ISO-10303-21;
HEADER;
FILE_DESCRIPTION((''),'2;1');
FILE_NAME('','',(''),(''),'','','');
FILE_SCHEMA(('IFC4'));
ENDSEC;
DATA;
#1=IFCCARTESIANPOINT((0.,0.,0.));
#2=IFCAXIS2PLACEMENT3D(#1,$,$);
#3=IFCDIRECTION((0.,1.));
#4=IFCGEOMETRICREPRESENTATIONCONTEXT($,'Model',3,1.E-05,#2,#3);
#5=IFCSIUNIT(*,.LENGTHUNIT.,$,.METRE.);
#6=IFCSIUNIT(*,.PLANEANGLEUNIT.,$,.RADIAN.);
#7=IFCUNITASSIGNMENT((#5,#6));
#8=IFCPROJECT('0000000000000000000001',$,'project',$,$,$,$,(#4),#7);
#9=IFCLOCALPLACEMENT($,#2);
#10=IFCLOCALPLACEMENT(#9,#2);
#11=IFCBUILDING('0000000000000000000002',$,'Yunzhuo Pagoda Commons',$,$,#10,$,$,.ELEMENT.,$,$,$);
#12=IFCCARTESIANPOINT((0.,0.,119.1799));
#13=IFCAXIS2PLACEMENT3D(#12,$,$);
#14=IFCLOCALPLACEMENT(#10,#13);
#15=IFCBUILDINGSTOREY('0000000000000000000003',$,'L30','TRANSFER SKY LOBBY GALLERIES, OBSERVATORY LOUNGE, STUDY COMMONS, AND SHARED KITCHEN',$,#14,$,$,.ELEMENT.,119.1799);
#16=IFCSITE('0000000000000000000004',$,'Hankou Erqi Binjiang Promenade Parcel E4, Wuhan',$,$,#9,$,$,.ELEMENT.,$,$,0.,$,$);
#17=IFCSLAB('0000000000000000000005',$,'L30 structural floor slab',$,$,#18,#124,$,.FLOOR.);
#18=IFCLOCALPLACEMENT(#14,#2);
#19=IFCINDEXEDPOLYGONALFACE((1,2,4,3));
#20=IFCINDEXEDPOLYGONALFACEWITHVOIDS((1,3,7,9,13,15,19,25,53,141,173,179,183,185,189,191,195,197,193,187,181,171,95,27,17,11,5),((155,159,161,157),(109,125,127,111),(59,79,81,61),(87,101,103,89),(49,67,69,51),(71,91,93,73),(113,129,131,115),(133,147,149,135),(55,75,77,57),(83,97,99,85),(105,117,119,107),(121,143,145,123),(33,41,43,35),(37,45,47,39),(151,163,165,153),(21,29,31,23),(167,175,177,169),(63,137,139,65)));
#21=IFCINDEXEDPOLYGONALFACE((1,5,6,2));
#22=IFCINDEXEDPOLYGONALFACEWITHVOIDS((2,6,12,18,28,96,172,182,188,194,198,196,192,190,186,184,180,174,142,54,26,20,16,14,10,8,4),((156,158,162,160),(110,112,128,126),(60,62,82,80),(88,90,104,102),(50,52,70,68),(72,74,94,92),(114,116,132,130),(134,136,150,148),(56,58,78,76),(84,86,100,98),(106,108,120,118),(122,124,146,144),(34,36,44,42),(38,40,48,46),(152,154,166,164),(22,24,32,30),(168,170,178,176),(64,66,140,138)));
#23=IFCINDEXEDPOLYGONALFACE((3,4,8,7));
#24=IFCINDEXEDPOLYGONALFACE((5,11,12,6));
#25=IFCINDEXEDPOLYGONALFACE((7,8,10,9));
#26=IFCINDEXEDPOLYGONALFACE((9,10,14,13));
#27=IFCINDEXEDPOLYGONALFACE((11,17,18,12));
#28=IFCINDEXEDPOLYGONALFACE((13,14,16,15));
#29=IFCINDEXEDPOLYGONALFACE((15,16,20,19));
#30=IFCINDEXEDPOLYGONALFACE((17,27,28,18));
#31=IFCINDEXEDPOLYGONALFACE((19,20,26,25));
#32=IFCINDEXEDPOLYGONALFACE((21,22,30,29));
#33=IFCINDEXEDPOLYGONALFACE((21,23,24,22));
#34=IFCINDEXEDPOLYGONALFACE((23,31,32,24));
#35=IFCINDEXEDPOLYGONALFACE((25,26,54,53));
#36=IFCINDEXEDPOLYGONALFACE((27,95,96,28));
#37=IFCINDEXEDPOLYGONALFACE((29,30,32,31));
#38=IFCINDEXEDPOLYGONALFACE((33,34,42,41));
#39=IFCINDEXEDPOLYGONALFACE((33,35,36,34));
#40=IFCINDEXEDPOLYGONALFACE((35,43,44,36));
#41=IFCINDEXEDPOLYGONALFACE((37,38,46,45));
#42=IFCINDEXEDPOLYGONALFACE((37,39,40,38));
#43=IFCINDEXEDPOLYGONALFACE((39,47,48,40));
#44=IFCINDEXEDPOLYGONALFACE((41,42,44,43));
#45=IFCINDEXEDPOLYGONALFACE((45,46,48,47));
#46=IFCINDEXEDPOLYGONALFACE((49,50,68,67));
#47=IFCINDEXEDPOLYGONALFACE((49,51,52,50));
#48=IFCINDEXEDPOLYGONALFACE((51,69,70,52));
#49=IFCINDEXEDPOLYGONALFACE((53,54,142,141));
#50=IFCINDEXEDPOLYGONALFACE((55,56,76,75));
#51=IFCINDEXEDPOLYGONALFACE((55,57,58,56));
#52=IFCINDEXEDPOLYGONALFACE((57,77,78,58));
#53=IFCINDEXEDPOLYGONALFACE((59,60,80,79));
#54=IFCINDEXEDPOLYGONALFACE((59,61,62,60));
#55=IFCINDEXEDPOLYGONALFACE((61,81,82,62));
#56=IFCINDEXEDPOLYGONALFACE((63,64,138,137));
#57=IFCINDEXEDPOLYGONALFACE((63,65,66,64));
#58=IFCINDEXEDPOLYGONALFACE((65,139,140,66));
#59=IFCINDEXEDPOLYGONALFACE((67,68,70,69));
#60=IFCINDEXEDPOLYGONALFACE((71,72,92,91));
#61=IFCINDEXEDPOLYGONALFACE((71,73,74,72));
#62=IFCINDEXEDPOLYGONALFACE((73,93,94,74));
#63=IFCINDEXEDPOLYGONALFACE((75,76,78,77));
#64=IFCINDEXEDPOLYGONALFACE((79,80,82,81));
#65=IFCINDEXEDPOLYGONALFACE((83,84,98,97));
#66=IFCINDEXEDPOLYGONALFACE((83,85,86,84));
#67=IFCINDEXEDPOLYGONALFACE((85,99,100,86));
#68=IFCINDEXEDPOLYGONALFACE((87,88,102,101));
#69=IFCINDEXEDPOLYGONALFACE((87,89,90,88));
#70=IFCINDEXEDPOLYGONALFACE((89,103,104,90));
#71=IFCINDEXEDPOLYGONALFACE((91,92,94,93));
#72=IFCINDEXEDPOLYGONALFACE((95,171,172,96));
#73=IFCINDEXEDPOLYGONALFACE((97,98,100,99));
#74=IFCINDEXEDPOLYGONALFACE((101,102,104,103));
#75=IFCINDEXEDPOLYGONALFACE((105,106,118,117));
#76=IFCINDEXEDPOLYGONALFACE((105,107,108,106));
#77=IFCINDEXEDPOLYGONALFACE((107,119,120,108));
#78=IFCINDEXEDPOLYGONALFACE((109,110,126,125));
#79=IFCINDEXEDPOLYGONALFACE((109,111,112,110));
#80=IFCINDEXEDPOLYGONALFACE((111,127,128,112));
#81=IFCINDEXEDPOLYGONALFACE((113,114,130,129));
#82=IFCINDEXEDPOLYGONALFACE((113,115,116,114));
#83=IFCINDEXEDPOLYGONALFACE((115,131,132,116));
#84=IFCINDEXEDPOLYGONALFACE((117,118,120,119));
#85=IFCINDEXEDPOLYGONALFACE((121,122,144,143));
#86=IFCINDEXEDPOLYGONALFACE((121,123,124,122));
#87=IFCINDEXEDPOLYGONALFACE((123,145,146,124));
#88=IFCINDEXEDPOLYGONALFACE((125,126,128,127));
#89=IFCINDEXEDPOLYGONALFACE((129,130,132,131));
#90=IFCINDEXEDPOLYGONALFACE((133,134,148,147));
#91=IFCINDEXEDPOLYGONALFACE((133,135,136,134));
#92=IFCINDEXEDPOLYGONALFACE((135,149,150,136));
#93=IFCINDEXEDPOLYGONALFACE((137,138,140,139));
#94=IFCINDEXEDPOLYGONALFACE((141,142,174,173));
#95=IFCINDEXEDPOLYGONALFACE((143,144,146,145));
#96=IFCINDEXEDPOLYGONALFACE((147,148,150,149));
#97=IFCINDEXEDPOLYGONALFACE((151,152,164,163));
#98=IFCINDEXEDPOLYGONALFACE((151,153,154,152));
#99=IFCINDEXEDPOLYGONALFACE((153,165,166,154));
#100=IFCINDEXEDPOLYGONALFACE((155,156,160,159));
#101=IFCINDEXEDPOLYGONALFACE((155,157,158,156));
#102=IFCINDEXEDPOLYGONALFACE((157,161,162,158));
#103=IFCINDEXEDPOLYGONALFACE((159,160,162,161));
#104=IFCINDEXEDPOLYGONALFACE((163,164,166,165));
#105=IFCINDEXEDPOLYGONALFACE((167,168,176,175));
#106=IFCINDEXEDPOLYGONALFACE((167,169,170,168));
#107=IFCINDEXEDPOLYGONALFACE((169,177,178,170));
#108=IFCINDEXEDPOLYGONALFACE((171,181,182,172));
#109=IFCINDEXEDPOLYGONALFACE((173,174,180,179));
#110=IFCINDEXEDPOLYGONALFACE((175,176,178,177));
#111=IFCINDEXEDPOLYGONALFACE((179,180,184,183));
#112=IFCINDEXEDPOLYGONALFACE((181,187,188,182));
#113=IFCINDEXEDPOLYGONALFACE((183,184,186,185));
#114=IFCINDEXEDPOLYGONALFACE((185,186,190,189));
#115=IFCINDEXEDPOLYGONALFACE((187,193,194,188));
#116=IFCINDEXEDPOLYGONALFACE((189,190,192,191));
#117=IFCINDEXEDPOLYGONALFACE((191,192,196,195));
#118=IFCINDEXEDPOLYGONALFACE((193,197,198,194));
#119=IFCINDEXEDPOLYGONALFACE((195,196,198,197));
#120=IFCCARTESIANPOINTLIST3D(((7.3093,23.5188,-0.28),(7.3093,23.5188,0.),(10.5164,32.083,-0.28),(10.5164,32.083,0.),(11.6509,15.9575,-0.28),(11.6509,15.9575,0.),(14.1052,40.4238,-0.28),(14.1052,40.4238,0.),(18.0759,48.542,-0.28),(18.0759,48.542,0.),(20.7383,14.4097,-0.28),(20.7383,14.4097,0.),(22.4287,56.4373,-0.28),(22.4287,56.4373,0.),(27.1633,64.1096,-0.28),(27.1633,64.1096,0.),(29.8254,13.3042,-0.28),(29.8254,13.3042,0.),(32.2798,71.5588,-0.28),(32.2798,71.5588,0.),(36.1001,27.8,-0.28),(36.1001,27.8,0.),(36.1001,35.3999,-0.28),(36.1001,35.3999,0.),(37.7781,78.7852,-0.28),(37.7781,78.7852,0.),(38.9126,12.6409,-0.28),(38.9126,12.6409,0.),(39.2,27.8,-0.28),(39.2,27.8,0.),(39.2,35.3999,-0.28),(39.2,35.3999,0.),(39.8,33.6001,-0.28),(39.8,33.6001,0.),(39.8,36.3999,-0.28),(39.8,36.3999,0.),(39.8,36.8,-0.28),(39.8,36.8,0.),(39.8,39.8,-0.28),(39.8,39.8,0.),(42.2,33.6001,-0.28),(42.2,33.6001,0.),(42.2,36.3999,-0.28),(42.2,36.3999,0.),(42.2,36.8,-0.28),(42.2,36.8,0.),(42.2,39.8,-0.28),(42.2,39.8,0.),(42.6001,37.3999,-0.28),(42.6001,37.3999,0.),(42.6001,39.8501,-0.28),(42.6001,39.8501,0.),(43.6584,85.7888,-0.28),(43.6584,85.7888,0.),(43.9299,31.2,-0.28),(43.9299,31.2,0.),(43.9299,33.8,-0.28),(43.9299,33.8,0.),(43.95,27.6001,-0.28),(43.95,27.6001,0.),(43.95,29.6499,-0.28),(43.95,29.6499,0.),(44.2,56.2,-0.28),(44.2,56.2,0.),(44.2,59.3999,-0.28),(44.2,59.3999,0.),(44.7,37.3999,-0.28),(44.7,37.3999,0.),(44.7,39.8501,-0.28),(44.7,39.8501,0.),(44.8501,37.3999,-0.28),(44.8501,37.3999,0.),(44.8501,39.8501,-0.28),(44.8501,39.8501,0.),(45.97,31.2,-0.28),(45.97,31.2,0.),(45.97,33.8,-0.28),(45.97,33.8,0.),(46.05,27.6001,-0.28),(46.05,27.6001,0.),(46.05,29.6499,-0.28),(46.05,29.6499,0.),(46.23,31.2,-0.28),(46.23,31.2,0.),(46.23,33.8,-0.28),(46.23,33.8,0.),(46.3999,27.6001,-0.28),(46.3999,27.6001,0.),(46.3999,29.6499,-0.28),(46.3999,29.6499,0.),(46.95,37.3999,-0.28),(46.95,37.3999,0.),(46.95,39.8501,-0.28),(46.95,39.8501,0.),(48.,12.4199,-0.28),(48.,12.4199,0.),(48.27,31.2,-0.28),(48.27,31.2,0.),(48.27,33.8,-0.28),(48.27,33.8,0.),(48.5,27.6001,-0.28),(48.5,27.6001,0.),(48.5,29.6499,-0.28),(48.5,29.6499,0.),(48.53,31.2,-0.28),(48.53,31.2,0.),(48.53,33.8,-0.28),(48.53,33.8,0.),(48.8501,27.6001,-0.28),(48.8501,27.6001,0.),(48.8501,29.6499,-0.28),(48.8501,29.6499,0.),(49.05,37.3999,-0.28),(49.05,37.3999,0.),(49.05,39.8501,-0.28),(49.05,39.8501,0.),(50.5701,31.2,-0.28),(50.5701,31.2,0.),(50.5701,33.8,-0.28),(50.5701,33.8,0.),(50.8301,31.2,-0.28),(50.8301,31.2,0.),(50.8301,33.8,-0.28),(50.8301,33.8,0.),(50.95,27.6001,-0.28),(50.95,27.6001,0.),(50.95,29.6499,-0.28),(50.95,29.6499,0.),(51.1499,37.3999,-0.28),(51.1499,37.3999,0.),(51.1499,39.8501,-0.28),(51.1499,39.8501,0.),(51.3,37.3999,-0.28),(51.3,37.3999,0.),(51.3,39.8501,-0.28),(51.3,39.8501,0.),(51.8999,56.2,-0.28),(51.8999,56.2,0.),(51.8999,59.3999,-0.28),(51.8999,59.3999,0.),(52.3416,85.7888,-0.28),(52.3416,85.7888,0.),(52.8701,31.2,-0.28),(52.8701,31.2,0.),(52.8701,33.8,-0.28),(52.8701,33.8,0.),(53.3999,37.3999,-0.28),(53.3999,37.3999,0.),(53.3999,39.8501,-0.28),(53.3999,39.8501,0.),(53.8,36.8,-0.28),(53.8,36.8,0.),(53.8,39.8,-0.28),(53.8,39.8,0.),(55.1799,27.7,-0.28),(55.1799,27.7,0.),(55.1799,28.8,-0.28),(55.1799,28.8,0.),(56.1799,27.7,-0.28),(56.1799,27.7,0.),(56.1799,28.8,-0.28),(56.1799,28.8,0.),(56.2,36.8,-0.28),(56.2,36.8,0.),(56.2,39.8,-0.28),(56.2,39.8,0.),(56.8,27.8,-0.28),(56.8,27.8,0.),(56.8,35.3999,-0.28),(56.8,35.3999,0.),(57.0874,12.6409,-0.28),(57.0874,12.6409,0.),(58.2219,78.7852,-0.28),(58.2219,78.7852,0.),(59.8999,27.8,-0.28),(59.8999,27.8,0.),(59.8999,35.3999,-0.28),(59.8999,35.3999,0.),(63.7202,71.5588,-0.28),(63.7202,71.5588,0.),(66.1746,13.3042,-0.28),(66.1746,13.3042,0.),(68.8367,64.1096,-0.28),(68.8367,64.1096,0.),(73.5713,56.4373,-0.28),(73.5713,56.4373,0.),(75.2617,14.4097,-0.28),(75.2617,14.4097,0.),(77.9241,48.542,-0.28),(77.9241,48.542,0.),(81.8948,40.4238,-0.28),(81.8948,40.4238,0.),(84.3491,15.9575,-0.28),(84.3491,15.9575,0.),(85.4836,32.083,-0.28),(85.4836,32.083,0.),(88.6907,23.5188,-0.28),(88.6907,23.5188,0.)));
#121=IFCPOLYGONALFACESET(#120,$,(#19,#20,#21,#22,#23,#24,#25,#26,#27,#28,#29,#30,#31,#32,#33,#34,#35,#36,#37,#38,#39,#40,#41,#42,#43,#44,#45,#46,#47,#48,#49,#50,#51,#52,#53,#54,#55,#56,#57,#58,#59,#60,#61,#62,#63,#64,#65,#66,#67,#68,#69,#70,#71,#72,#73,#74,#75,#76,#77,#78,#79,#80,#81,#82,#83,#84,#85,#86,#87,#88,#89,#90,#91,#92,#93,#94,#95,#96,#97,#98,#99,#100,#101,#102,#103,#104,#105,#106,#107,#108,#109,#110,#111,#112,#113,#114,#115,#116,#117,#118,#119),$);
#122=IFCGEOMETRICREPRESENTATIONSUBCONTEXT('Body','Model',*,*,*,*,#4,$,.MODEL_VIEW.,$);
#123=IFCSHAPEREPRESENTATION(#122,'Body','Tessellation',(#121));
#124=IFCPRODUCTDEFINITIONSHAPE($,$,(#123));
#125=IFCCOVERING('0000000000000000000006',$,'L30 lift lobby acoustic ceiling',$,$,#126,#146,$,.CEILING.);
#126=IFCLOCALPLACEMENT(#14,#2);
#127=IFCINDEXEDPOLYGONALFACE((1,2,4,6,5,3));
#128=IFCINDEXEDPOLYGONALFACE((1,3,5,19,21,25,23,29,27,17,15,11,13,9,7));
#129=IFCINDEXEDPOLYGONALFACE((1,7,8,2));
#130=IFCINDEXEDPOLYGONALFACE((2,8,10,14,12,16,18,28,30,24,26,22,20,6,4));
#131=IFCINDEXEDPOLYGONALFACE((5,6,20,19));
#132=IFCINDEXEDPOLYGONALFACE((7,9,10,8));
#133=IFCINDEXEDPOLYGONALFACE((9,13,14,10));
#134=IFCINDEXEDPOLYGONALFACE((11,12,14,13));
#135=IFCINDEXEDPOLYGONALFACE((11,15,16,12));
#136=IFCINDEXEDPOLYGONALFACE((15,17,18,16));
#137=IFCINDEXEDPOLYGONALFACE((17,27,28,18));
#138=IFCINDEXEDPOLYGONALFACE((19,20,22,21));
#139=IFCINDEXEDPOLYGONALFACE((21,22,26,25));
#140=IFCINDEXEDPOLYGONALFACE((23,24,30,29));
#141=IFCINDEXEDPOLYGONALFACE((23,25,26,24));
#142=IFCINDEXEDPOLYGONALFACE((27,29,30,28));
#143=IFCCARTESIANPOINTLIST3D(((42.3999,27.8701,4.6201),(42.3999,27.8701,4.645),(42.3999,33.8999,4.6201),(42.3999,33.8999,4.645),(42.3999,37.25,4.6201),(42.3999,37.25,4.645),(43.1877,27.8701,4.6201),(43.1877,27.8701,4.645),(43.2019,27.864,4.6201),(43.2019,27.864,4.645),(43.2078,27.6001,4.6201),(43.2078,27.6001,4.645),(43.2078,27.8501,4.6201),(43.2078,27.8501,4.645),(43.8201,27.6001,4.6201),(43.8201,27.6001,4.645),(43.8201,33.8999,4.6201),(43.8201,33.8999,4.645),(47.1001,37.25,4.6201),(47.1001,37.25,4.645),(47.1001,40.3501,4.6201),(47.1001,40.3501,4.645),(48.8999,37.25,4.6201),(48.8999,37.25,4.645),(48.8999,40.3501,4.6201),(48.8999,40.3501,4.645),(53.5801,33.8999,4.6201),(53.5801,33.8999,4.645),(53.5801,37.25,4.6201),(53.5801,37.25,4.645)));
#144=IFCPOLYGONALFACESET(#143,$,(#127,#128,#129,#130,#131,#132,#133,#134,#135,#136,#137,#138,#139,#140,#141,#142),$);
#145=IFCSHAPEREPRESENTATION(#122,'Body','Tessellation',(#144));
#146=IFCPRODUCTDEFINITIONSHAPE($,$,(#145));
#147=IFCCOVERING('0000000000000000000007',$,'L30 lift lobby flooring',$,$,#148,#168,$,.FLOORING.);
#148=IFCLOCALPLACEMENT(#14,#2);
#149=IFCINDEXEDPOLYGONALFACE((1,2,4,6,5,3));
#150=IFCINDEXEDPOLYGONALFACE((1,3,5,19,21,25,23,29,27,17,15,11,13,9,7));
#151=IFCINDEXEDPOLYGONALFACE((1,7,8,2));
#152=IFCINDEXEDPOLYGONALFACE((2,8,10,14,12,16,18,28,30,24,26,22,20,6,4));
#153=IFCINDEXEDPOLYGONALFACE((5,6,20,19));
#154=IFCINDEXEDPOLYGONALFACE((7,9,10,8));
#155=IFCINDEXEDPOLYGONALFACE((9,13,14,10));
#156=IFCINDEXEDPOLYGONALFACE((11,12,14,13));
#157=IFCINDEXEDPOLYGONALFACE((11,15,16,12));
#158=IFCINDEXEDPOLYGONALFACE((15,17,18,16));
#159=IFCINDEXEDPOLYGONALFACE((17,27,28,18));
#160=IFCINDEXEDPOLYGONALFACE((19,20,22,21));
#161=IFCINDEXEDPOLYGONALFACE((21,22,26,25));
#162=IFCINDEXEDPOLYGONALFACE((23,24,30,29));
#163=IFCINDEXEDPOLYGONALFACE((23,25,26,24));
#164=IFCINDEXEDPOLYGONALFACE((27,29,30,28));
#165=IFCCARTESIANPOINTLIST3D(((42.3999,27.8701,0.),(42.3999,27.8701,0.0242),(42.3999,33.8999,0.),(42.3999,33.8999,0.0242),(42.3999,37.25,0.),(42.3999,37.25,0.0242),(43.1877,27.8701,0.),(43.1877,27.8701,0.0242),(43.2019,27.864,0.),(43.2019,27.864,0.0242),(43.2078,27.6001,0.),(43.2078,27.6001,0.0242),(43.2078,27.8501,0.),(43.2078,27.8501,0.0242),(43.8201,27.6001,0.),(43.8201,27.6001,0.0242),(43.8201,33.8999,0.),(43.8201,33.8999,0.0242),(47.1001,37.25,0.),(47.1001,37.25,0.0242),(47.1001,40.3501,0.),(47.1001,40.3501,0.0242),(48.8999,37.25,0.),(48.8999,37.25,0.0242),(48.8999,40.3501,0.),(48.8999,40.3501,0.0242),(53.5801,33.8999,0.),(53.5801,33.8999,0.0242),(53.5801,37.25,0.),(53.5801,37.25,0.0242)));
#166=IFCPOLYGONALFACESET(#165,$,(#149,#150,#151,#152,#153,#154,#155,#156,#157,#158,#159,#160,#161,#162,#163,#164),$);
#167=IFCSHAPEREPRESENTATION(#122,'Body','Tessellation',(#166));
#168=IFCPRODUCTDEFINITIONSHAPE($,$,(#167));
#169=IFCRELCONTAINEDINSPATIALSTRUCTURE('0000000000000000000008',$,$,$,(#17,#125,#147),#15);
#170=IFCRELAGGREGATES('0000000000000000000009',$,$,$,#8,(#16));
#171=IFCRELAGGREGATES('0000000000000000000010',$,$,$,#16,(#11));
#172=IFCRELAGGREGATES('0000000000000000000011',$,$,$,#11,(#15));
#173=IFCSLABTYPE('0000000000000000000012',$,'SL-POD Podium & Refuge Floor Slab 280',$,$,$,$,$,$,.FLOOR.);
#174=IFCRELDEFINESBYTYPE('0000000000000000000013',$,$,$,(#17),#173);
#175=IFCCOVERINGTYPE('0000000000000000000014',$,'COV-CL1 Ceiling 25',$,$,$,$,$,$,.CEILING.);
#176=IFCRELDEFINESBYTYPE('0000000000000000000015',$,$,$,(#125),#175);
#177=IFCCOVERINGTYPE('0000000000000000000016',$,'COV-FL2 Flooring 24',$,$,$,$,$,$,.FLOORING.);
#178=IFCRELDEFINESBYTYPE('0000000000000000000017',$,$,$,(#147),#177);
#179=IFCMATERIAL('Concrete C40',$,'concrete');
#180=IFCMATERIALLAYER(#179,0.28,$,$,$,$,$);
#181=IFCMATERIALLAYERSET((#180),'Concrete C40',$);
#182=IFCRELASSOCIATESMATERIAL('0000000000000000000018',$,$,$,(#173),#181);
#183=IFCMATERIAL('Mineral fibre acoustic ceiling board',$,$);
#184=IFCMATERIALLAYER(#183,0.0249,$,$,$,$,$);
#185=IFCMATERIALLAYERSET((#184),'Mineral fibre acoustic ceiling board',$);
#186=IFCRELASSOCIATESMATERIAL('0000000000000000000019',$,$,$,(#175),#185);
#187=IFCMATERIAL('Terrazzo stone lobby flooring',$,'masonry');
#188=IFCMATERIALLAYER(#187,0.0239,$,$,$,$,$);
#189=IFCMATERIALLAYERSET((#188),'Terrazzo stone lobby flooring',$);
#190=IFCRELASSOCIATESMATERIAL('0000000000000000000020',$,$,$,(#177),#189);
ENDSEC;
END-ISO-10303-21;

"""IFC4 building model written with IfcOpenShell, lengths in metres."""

from ifc_helpers import new_model, si_unit, direction, frame, origin, place, context, subcontext, project, spatial, polyline, outline, extrude, material, layer, layer_set, type_object, element, save


model = new_model("IFC4")

# Units and contexts
model_context = context("Model", 3, precision=1e-05, world=origin(), true_north=direction((0.0, 1.0)))
body_context = subcontext(model_context, "Body", "Model", "MODEL_VIEW")
ifc_project = project(units=[si_unit("LENGTHUNIT", "METRE"), si_unit("PLANEANGLEUNIT", "RADIAN")], contexts=[model_context])

# Site, building, storey
site_placement = place(None, origin())
site = spatial("IfcSite", under=ifc_project, at=site_placement, Name="Hankou Erqi Binjiang Promenade Parcel E4, Wuhan", CompositionType="ELEMENT", RefElevation=0.0)
building_placement = place(site_placement, origin())
building = spatial("IfcBuilding", under=site, at=building_placement, Name="Yunzhuo Pagoda Commons", CompositionType="ELEMENT")
storey_placement = place(building_placement, frame((0.0, 0.0, 119.1799)))
storey = spatial("IfcBuildingStorey", under=building, at=storey_placement, Name="L30", Description="TRANSFER SKY LOBBY GALLERIES, OBSERVATORY LOUNGE, STUDY COMMONS, AND SHARED KITCHEN", CompositionType="ELEMENT", Elevation=119.1799)

# Shared definitions
ifc_material_1 = material(Name="Concrete C40", Category="concrete")

# Slab
ifc_layer_1 = layer(ifc_material_1, 0.28)
ifc_layer_set_1 = layer_set([ifc_layer_1], Name="Concrete C40")
slab_type_1 = type_object("IfcSlabType", Name="SL-POD Podium & Refuge Floor Slab 280", PredefinedType="FLOOR", material=ifc_layer_set_1)
slab_1_placement = place(storey_placement, frame((0.0, 0.0, -0.28)))
element("IfcSlab", 1, at=slab_1_placement, inside=storey, type_object=slab_type_1, Name="L30 structural floor slab", PredefinedType="FLOOR", context=body_context, shape_type="SweptSolid", body=[
    extrude(outline(polyline([(10.5164, 32.083), (14.1052, 40.4238), (18.0759, 48.542), (22.4287, 56.4373), (27.1633, 64.1096), (32.2798, 71.5588), (37.7781, 78.7852), (43.6584, 85.7888), (52.3416, 85.7888), (58.2219, 78.7852), (63.7202, 71.5588), (68.8367, 64.1096), (73.5713, 56.4373), (77.9241, 48.542), (81.8948, 40.4238), (85.4836, 32.083), (88.6907, 23.5188), (84.3491, 15.9575), (75.2617, 14.4097), (66.1746, 13.3042), (57.0874, 12.6409), (48.0, 12.4199), (38.9126, 12.6409), (29.8254, 13.3042), (20.7383, 14.4097), (11.6509, 15.9575), (7.3093, 23.5188), (10.5164, 32.083)]), holes=[polyline([(46.05, 27.6001), (46.05, 29.6499), (43.95, 29.6499), (43.95, 27.6001), (46.05, 27.6001)]), polyline([(48.5, 27.6001), (48.5, 29.6499), (46.3999, 29.6499), (46.3999, 27.6001), (48.5, 27.6001)]), polyline([(36.1001, 27.8), (39.2, 27.8), (39.2, 35.3999), (36.1001, 35.3999), (36.1001, 27.8)]), polyline([(45.97, 31.2), (45.97, 33.8), (43.9299, 33.8), (43.9299, 31.2), (45.97, 31.2)]), polyline([(48.27, 31.2), (48.27, 33.8), (46.23, 33.8), (46.23, 31.2), (48.27, 31.2)]), polyline([(42.2, 33.6001), (42.2, 36.3999), (39.8, 36.3999), (39.8, 33.6001), (42.2, 33.6001)]), polyline([(42.2, 36.8), (42.2, 39.8), (39.8, 39.8), (39.8, 36.8), (42.2, 36.8)]), polyline([(42.6001, 37.3999), (44.7, 37.3999), (44.7, 39.8501), (42.6001, 39.8501), (42.6001, 37.3999)]), polyline([(44.8501, 37.3999), (46.95, 37.3999), (46.95, 39.8501), (44.8501, 39.8501), (44.8501, 37.3999)]), polyline([(56.1799, 27.7), (56.1799, 28.8), (55.1799, 28.8), (55.1799, 27.7), (56.1799, 27.7)]), polyline([(50.95, 27.6001), (50.95, 29.6499), (48.8501, 29.6499), (48.8501, 27.6001), (50.95, 27.6001)]), polyline([(56.8, 27.8), (59.8999, 27.8), (59.8999, 35.3999), (56.8, 35.3999), (56.8, 27.8)]), polyline([(50.5701, 31.2), (50.5701, 33.8), (48.53, 33.8), (48.53, 31.2), (50.5701, 31.2)]), polyline([(52.8701, 31.2), (52.8701, 33.8), (50.8301, 33.8), (50.8301, 31.2), (52.8701, 31.2)]), polyline([(56.2, 36.8), (56.2, 39.8), (53.8, 39.8), (53.8, 36.8), (56.2, 36.8)]), polyline([(51.1499, 37.3999), (51.1499, 39.8501), (49.05, 39.8501), (49.05, 37.3999), (51.1499, 37.3999)]), polyline([(51.3, 37.3999), (53.3999, 37.3999), (53.3999, 39.8501), (51.3, 39.8501), (51.3, 37.3999)]), polyline([(44.2, 56.2), (51.8999, 56.2), (51.8999, 59.3999), (44.2, 59.3999), (44.2, 56.2)])]), origin(), (0.0, 0.0, 1.0), 0.28),
])

# Coverings
ifc_material_2 = material(Name="Mineral fibre acoustic ceiling board")
ifc_layer_2 = layer(ifc_material_2, 0.0249)
ifc_layer_set_2 = layer_set([ifc_layer_2], Name="Mineral fibre acoustic ceiling board")
covering_type_1 = type_object("IfcCoveringType", Name="COV-CL1 Ceiling 25", PredefinedType="CEILING", material=ifc_layer_set_2)
covering_1_placement = place(storey_placement, frame((0.0, 0.0, 4.6201)))
element("IfcCovering", 2, at=covering_1_placement, inside=storey, type_object=covering_type_1, Name="L30 lift lobby acoustic ceiling", PredefinedType="CEILING", context=body_context, shape_type="SweptSolid", body=[
    extrude(outline(polyline([(43.2078, 27.8501), (43.2019, 27.864), (43.1877, 27.8701), (42.3999, 27.8701), (42.3999, 33.8999), (42.3999, 37.25), (47.1001, 37.25), (47.1001, 40.3501), (48.8999, 40.3501), (48.8999, 37.25), (53.5801, 37.25), (53.5801, 33.8999), (43.8201, 33.8999), (43.8201, 27.6001), (43.2078, 27.6001), (43.2078, 27.8501)])), origin(), (0.0, 0.0, 1.0), 0.0249),
])
ifc_material_3 = material(Name="Terrazzo stone lobby flooring", Category="masonry")
ifc_layer_3 = layer(ifc_material_3, 0.0239)
ifc_layer_set_3 = layer_set([ifc_layer_3], Name="Terrazzo stone lobby flooring")
covering_type_2 = type_object("IfcCoveringType", Name="COV-FL2 Flooring 24", PredefinedType="FLOORING", material=ifc_layer_set_3)
covering_2_placement = place(storey_placement, origin())
element("IfcCovering", 3, at=covering_2_placement, inside=storey, type_object=covering_type_2, Name="L30 lift lobby flooring", PredefinedType="FLOORING", context=body_context, shape_type="SweptSolid", body=[
    extrude(outline(polyline([(43.2078, 27.8501), (43.2019, 27.864), (43.1877, 27.8701), (42.3999, 27.8701), (42.3999, 33.8999), (42.3999, 37.25), (47.1001, 37.25), (47.1001, 40.3501), (48.8999, 40.3501), (48.8999, 37.25), (53.5801, 37.25), (53.5801, 33.8999), (43.8201, 33.8999), (43.8201, 27.6001), (43.2078, 27.6001), (43.2078, 27.8501)])), origin(), (0.0, 0.0, 1.0), 0.0242),
])

save(model, "model.ifc")
